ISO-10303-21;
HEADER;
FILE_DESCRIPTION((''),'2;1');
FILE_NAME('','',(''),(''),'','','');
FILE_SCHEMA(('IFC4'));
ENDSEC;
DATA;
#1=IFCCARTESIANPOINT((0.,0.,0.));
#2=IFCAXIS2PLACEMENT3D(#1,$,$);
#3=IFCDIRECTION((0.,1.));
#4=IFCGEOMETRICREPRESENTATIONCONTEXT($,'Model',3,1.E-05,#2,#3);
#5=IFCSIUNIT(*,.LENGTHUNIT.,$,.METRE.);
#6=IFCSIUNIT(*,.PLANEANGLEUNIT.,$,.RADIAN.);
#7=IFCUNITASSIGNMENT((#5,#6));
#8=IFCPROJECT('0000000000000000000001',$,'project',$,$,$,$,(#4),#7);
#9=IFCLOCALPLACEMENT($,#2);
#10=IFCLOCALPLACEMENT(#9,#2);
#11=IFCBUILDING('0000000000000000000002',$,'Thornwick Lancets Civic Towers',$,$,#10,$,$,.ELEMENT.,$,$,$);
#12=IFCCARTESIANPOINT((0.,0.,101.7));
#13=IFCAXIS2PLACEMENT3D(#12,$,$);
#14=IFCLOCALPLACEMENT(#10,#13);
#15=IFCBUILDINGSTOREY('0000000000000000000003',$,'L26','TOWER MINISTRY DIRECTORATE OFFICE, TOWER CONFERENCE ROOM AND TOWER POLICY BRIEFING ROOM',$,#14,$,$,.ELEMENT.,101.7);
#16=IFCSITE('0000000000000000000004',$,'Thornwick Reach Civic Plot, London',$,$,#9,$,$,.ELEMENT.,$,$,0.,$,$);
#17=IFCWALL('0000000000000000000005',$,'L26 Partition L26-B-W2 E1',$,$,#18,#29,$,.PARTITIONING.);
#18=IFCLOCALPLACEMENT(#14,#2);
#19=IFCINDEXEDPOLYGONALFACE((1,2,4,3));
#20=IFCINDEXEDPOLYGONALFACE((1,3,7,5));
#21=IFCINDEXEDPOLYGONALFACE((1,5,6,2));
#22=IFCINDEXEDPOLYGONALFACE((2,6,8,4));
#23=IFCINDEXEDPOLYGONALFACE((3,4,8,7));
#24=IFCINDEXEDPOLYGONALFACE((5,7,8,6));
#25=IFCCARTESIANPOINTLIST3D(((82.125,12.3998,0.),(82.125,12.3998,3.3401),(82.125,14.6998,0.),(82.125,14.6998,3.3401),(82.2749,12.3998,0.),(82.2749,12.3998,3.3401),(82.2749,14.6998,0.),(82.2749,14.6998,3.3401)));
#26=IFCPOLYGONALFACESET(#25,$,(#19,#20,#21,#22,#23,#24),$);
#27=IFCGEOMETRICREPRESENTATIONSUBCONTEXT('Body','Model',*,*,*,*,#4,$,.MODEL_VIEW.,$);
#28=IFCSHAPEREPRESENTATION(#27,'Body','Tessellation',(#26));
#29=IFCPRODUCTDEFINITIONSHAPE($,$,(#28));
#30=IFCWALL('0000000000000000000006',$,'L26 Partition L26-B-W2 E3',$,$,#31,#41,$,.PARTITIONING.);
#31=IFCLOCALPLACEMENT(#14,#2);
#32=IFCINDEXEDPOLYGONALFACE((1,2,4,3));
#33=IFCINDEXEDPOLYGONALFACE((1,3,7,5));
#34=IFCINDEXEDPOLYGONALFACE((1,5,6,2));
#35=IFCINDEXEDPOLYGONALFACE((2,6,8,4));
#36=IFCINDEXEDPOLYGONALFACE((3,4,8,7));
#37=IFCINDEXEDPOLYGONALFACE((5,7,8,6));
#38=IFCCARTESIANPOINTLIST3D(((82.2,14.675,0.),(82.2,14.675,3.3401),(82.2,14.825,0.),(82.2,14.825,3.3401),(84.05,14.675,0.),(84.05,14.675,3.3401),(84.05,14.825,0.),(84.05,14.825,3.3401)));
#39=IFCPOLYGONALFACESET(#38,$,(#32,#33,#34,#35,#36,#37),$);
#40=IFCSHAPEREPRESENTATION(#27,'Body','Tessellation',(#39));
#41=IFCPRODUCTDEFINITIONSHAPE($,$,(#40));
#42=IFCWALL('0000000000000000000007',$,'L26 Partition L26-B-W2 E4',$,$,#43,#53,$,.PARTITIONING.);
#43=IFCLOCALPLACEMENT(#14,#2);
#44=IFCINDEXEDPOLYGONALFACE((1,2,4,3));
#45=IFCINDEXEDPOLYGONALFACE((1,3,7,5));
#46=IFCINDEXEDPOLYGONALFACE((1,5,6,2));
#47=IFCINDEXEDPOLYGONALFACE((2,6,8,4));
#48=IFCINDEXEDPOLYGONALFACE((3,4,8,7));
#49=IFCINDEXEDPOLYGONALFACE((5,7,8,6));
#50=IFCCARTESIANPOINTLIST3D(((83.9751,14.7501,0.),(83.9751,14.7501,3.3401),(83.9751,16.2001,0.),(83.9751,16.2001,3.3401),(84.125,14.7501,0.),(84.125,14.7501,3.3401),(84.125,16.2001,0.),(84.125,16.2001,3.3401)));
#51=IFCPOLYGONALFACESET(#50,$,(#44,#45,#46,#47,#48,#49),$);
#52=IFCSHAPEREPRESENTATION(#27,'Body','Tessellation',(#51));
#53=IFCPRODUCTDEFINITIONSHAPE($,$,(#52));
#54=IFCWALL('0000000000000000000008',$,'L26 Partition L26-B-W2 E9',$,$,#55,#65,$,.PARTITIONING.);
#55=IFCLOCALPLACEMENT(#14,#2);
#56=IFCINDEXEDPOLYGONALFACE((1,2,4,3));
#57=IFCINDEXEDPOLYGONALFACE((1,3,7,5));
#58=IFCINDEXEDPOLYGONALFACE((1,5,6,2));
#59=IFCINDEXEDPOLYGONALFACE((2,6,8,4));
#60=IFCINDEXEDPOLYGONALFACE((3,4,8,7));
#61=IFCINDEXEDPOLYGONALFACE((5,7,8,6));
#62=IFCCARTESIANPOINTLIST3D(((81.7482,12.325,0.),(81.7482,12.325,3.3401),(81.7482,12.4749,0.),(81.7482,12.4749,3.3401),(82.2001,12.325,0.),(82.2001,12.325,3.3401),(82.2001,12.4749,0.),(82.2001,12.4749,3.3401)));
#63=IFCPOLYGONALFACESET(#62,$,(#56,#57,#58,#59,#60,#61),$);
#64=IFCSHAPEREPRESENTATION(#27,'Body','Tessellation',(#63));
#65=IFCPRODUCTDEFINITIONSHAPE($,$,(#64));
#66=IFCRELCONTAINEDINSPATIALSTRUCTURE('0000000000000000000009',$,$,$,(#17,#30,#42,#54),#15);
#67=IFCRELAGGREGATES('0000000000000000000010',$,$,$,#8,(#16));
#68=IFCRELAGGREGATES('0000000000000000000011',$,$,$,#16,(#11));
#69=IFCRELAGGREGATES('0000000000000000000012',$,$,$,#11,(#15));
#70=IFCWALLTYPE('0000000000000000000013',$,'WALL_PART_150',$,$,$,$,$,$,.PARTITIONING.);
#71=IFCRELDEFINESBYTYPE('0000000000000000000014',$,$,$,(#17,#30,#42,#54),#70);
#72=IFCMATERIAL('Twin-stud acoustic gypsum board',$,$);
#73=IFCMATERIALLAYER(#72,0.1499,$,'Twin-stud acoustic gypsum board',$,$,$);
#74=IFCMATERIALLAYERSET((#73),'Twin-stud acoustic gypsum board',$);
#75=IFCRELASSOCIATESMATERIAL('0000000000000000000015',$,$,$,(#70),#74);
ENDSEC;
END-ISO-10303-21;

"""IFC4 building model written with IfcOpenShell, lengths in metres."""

from ifc_helpers import new_model, si_unit, direction, frame, frame_2d, origin, place, context, subcontext, project, spatial, rectangle, extrude, material, layer, layer_set, type_object, element, save


model = new_model("IFC4")

# Units and contexts
model_context = context("Model", 3, precision=1e-05, world=origin(), true_north=direction((0.0, 1.0)))
body_context = subcontext(model_context, "Body", "Model", "MODEL_VIEW")
ifc_project = project(units=[si_unit("LENGTHUNIT", "METRE"), si_unit("PLANEANGLEUNIT", "RADIAN")], contexts=[model_context])

# Site, building, storey
site_placement = place(None, origin())
site = spatial("IfcSite", under=ifc_project, at=site_placement, Name="Thornwick Reach Civic Plot, London", CompositionType="ELEMENT", RefElevation=0.0)
building_placement = place(site_placement, origin())
building = spatial("IfcBuilding", under=site, at=building_placement, Name="Thornwick Lancets Civic Towers", CompositionType="ELEMENT")
storey_placement = place(building_placement, frame((0.0, 0.0, 101.7)))
storey = spatial("IfcBuildingStorey", under=building, at=storey_placement, Name="L26", Description="TOWER MINISTRY DIRECTORATE OFFICE, TOWER CONFERENCE ROOM AND TOWER POLICY BRIEFING ROOM", CompositionType="ELEMENT", Elevation=101.7)

# Walls
ifc_material_1 = material(Name="Twin-stud acoustic gypsum board")
ifc_layer_1 = layer(ifc_material_1, 0.1499, Name="Twin-stud acoustic gypsum board")
ifc_layer_set_1 = layer_set([ifc_layer_1], Name="Twin-stud acoustic gypsum board")
wall_type_1 = type_object("IfcWallType", Name="WALL_PART_150", PredefinedType="PARTITIONING", material=ifc_layer_set_1)
wall_1_placement = place(storey_placement, frame((82.2, 12.3999, 0.0), z_axis=(0.0, 0.0, 1.0), x_axis=(0.0, 1.0, 0.0)))
element("IfcWall", 1, at=wall_1_placement, inside=storey, type_object=wall_type_1, Name="L26 Partition L26-B-W2 E1", PredefinedType="PARTITIONING", context=body_context, shape_type="SweptSolid", body=[
    extrude(rectangle(XDim=2.3, YDim=0.1499, at=frame_2d((1.1499, 0.0))), origin(), (0.0, 0.0, 1.0), 3.3401),
])
wall_2_placement = place(storey_placement, frame((82.2, 14.75, 0.0), z_axis=(0.0, 0.0, 1.0), x_axis=(1.0, 0.0, 0.0)))
element("IfcWall", 2, at=wall_2_placement, inside=storey, type_object=wall_type_1, Name="L26 Partition L26-B-W2 E3", PredefinedType="PARTITIONING", context=body_context, shape_type="SweptSolid", body=[
    extrude(rectangle(XDim=1.8501, YDim=0.1499, at=frame_2d((0.925, 0.0))), origin(), (0.0, 0.0, 1.0), 3.3401),
])
wall_3_placement = place(storey_placement, frame((84.05, 14.75, 0.0), z_axis=(0.0, 0.0, 1.0), x_axis=(0.0, 1.0, 0.0)))
element("IfcWall", 3, at=wall_3_placement, inside=storey, type_object=wall_type_1, Name="L26 Partition L26-B-W2 E4", PredefinedType="PARTITIONING", context=body_context, shape_type="SweptSolid", body=[
    extrude(rectangle(XDim=1.45, YDim=0.1499, at=frame_2d((0.7251, 0.0))), origin(), (0.0, 0.0, 1.0), 3.3401),
])

# Wall
wall_4_placement = place(storey_placement, frame((81.748, 12.3999, 0.0), z_axis=(0.0, 0.0, 1.0), x_axis=(1.0, 0.0, 0.0)))
element("IfcWall", 4, at=wall_4_placement, inside=storey, type_object=wall_type_1, Name="L26 Partition L26-B-W2 E9", PredefinedType="PARTITIONING", context=body_context, shape_type="SweptSolid", body=[
    extrude(rectangle(XDim=0.4519, YDim=0.1499, at=frame_2d((0.2261, 0.0))), origin(), (0.0, 0.0, 1.0), 3.3401),
])

save(model, "model.ifc")
